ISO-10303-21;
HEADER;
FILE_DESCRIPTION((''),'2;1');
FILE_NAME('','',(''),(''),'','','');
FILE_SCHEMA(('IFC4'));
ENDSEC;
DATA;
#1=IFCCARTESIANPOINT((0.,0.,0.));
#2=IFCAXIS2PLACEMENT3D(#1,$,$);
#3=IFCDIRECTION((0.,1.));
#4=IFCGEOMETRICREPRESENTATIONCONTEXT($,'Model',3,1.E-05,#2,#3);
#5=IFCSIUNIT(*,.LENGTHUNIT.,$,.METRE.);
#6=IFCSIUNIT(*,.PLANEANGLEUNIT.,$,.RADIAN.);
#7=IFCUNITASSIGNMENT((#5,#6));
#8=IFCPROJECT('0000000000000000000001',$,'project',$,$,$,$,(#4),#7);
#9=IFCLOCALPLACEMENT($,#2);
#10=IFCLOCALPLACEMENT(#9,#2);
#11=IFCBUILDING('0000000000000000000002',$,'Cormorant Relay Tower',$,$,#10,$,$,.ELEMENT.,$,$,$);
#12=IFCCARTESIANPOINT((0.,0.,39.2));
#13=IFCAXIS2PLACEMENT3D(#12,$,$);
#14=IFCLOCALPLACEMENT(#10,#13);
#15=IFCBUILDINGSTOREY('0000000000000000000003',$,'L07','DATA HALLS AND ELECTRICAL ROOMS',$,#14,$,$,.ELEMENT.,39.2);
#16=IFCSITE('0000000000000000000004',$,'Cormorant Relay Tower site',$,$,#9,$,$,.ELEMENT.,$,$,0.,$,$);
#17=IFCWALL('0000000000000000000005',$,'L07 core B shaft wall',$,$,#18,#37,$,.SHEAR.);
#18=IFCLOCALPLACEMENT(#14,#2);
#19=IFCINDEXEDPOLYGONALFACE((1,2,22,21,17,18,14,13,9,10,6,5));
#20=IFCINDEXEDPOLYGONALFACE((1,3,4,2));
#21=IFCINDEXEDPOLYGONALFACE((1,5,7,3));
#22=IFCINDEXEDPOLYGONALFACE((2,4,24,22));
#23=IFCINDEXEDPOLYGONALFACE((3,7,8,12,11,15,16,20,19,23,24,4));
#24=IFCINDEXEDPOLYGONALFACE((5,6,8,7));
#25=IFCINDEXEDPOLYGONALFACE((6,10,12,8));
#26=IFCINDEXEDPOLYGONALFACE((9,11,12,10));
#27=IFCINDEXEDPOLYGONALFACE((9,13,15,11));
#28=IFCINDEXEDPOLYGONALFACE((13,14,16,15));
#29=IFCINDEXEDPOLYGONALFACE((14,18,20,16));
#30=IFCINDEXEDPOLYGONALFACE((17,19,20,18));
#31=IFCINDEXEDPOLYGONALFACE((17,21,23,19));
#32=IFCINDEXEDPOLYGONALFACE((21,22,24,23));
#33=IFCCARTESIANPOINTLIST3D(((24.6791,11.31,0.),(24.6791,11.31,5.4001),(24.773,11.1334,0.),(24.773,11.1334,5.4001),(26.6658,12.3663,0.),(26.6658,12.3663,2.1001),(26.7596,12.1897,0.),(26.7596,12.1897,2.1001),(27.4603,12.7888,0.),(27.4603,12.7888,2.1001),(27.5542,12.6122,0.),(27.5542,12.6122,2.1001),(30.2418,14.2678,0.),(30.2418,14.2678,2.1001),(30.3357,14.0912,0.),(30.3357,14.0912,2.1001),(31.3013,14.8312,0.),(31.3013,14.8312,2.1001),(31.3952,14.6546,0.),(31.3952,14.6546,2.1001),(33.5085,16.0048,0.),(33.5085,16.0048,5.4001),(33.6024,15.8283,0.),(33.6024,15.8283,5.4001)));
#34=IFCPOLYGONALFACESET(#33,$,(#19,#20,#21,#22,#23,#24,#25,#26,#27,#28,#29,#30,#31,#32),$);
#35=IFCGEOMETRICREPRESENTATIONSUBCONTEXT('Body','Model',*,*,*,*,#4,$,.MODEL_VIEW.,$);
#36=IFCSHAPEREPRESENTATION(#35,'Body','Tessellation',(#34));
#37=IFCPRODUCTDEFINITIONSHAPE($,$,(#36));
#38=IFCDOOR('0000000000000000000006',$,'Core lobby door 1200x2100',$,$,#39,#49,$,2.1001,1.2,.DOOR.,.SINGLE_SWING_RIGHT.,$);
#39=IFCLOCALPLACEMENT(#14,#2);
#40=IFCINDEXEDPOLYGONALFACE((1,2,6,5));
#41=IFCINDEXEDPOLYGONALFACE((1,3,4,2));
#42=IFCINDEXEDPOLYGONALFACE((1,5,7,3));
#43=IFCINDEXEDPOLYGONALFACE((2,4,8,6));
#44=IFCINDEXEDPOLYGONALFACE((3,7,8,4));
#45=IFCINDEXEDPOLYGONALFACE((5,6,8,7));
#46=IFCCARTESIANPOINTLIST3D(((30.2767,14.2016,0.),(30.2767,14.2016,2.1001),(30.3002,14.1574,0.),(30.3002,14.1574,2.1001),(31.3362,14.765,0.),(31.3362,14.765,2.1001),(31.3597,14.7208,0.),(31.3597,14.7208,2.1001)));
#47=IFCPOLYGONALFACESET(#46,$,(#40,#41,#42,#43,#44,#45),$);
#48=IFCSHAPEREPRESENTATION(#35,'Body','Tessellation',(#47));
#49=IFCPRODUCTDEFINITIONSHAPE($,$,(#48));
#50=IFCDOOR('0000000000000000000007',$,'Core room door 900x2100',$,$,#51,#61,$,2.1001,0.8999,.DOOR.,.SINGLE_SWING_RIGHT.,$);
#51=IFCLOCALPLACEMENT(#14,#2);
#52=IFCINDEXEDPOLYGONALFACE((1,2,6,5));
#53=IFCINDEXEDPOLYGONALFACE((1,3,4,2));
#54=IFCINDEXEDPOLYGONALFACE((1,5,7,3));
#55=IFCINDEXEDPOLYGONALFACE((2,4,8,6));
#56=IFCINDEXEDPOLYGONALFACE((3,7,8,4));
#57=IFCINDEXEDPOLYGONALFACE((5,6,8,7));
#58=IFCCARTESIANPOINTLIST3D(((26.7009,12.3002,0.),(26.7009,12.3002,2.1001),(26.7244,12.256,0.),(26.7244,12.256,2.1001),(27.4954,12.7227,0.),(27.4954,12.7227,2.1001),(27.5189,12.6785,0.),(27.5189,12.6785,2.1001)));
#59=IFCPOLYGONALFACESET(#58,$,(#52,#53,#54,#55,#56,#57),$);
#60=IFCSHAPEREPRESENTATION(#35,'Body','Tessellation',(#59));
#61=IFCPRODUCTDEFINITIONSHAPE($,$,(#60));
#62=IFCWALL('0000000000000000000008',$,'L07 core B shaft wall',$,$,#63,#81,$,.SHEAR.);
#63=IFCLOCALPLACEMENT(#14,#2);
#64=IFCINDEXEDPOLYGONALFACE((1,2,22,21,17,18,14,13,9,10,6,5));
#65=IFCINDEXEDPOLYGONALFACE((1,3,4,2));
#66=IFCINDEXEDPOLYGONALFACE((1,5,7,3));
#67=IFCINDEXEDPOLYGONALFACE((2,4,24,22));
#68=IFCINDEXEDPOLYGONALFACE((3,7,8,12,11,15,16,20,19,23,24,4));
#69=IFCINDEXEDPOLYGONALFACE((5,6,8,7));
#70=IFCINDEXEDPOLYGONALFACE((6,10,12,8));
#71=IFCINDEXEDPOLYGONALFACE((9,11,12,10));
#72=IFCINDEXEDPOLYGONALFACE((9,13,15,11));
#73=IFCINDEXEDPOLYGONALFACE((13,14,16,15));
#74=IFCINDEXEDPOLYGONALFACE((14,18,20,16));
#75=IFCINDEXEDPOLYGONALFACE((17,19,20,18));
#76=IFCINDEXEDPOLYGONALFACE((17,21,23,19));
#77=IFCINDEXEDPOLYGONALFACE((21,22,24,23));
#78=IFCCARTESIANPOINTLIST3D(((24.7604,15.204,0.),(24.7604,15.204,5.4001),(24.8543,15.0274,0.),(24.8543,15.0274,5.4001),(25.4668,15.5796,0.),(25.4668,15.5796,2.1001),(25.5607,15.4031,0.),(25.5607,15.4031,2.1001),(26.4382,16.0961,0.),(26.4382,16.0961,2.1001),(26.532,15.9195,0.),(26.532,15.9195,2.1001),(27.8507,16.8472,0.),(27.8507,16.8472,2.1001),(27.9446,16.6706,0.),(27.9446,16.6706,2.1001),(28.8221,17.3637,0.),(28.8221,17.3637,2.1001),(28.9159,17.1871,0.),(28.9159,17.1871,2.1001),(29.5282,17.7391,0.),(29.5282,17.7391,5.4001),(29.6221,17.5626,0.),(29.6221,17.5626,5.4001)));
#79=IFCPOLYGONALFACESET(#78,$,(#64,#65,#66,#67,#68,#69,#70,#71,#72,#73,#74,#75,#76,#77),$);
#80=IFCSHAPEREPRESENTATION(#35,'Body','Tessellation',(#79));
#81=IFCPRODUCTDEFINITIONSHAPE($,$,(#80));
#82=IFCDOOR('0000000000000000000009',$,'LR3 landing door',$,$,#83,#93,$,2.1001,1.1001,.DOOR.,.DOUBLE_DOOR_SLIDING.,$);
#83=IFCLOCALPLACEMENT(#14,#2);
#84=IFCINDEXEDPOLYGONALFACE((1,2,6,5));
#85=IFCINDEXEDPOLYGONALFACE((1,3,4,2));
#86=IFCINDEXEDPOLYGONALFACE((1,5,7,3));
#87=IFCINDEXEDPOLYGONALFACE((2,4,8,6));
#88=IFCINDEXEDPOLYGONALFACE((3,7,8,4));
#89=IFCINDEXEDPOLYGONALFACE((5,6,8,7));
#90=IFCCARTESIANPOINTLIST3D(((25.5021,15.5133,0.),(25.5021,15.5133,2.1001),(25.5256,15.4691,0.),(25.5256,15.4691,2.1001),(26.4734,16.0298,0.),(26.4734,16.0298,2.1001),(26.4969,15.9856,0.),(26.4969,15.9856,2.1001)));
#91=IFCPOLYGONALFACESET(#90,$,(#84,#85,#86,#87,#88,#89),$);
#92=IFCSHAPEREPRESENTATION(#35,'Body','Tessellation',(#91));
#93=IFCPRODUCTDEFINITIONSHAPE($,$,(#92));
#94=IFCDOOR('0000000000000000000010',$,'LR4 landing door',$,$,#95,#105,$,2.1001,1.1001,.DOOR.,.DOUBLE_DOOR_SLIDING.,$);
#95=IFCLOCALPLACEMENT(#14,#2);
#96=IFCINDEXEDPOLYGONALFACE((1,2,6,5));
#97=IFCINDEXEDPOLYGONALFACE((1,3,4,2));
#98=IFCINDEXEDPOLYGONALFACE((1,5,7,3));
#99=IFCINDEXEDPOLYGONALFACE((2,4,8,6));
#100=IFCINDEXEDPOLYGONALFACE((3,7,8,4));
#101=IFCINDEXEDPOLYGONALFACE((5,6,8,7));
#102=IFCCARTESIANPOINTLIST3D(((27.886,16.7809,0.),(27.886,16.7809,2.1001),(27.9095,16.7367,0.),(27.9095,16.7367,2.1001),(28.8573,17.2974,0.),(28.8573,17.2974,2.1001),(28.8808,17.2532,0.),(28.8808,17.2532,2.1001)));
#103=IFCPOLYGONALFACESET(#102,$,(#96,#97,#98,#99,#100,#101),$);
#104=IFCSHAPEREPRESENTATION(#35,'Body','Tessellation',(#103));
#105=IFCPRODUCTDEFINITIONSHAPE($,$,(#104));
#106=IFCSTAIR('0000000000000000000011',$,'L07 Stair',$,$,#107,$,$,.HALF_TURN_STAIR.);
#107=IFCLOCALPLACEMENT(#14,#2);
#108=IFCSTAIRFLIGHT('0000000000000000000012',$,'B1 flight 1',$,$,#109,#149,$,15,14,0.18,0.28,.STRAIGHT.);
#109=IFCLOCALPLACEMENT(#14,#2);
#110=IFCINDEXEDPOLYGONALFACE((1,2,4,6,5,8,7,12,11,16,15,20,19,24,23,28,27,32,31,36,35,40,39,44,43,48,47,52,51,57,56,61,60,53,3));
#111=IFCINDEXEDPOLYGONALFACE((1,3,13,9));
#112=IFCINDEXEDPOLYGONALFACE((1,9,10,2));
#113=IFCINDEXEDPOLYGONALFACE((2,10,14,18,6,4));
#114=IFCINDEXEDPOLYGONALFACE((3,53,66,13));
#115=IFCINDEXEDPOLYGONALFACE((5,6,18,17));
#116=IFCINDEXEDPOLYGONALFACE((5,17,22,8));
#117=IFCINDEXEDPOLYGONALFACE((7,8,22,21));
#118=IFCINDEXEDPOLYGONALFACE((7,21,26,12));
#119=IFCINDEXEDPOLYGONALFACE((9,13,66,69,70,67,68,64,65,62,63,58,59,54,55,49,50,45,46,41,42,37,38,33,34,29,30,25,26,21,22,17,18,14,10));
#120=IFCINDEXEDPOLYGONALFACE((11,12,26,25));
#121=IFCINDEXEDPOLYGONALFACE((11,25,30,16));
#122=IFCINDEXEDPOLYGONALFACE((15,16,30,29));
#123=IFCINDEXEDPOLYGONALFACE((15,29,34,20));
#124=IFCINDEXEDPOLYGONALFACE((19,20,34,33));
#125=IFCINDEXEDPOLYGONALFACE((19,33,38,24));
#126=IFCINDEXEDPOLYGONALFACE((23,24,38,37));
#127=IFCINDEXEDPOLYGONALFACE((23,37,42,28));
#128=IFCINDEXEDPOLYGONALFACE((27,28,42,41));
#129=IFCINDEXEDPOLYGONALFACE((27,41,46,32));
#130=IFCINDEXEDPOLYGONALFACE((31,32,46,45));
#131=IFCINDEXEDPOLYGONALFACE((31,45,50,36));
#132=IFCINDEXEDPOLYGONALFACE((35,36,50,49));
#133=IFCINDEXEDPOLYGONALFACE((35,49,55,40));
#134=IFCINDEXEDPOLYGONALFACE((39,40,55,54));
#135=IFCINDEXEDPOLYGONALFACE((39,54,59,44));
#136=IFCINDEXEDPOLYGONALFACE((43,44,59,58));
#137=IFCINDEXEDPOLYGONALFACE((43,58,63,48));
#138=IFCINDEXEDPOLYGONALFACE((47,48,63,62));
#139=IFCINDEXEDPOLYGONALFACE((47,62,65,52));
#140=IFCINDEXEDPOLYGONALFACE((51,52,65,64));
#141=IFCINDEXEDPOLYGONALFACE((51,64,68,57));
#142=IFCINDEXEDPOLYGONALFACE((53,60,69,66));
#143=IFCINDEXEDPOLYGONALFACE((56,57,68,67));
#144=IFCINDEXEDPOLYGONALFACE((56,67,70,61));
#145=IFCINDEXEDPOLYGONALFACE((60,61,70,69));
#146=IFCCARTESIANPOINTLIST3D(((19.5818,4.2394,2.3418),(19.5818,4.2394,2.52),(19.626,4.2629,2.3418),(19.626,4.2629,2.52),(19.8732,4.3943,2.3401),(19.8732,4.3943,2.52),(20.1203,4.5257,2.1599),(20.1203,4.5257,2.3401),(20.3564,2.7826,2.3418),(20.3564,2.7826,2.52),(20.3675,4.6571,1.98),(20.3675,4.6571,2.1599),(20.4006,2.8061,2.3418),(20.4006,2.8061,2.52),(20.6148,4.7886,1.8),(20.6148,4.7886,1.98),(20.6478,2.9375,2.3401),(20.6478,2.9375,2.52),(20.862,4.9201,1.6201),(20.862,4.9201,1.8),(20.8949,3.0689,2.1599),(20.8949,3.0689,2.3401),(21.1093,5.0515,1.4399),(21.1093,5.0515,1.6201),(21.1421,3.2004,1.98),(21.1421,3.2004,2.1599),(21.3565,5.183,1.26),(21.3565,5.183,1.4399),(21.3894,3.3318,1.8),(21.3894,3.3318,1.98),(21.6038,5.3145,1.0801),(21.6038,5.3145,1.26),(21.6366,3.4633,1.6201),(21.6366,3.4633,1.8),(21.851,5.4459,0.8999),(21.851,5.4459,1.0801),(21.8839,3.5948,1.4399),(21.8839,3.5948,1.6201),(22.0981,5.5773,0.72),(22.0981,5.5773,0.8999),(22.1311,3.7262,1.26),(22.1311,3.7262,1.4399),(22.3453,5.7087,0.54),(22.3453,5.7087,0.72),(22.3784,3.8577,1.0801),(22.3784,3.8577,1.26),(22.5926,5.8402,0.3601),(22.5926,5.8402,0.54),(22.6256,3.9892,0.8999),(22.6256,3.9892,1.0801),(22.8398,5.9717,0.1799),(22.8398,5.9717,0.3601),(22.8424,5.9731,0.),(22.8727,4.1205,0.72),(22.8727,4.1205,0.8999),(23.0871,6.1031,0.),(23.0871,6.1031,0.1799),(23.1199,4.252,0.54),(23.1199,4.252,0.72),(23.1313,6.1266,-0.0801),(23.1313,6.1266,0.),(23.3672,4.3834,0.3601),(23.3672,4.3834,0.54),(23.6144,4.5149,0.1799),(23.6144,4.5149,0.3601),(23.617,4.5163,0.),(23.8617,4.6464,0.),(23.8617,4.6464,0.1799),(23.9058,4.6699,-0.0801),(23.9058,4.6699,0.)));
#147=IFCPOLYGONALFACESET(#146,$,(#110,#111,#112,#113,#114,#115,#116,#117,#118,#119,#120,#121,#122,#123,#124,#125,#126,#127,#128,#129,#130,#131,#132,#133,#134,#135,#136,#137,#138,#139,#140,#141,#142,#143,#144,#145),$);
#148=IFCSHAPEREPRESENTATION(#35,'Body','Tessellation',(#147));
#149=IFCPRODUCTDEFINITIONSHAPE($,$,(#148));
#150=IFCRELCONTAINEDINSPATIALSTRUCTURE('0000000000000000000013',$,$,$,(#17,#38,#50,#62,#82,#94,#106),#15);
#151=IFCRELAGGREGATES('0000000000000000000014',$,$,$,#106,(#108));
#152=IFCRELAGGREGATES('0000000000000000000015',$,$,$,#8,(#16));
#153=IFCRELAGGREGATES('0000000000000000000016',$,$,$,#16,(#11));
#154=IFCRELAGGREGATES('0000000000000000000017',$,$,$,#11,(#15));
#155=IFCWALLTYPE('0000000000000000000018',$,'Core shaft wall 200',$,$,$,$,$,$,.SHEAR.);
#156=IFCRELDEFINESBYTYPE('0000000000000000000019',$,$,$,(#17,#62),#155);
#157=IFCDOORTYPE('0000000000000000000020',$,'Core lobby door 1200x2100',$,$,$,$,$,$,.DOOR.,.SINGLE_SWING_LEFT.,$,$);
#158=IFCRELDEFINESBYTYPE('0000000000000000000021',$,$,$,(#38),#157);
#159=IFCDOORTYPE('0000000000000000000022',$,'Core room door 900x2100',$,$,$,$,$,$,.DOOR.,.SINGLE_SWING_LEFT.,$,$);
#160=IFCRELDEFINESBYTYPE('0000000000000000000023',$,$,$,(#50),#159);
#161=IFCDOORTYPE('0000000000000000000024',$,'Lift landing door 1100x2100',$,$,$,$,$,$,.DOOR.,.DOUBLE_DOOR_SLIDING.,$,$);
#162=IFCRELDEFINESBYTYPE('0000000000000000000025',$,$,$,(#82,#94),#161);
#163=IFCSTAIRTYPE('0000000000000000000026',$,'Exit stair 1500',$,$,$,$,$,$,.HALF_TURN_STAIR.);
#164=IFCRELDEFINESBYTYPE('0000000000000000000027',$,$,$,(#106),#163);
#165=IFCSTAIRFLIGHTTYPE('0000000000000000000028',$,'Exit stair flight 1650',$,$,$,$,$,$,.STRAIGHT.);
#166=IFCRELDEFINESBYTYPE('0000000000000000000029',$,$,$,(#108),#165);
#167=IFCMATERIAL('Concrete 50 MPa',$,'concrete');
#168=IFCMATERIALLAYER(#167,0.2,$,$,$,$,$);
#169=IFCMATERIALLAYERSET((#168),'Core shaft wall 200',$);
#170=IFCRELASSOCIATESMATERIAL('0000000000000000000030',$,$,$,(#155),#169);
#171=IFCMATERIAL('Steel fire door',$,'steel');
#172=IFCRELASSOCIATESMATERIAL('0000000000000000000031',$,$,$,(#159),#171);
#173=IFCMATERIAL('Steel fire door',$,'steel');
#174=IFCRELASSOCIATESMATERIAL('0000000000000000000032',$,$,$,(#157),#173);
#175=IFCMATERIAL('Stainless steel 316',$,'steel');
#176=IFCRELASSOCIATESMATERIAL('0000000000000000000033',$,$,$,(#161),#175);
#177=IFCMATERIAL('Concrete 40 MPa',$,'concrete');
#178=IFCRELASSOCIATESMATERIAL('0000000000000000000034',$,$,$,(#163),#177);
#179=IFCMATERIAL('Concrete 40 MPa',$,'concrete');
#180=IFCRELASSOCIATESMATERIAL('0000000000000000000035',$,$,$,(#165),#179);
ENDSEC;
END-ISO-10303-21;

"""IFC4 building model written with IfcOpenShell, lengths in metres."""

from ifc_helpers import new_model, si_unit, direction, frame, frame_2d, origin, place, context, subcontext, project, spatial, polyline, rectangle, outline, extrude, material, layer, layer_set, type_object, element, fill, aggregate, save


model = new_model("IFC4")

# Units and contexts
model_context = context("Model", 3, precision=1e-05, world=origin(), true_north=direction((0.0, 1.0)))
body_context = subcontext(model_context, "Body", "Model", "MODEL_VIEW")
ifc_project = project(units=[si_unit("LENGTHUNIT", "METRE"), si_unit("PLANEANGLEUNIT", "RADIAN")], contexts=[model_context])

# Site, building, storey
site_placement = place(None, origin())
site = spatial("IfcSite", under=ifc_project, at=site_placement, Name="Cormorant Relay Tower site", CompositionType="ELEMENT", RefElevation=0.0)
building_placement = place(site_placement, origin())
building = spatial("IfcBuilding", under=site, at=building_placement, Name="Cormorant Relay Tower", CompositionType="ELEMENT")
storey_placement = place(building_placement, frame((0.0, 0.0, 39.2)))
storey = spatial("IfcBuildingStorey", under=building, at=storey_placement, Name="L07", Description="DATA HALLS AND ELECTRICAL ROOMS", CompositionType="ELEMENT", Elevation=39.2)

# Shared definitions
ifc_material_1 = material(Name="Concrete 50 MPa", Category="concrete")
ifc_layer_1 = layer(ifc_material_1, 0.2)
ifc_layer_set_1 = layer_set([ifc_layer_1], Name="Core shaft wall 200")
wall_type_1 = type_object("IfcWallType", Name="Core shaft wall 200", PredefinedType="SHEAR", material=ifc_layer_set_1)
ifc_material_2 = material(Name="Steel fire door", Category="steel")
door_type_1 = type_object("IfcDoorType", Name="Core room door 900x2100", OperationType="SINGLE_SWING_LEFT", PredefinedType="DOOR", material=ifc_material_2)

# Walls, openings, doors
wall_1_placement = place(storey_placement, frame((24.7261, 11.2217, 0.0), z_axis=(0.0, 0.0, 1.0), x_axis=(0.88294, 0.469485, 0.0)))
wall_1 = element("IfcWall", 1, at=wall_1_placement, inside=storey, type_object=wall_type_1, Name="L07 core B shaft wall", PredefinedType="SHEAR", context=body_context, shape_type="SweptSolid", body=[
    extrude(rectangle(XDim=10.0, YDim=0.2, at=frame_2d((5.0, 0.0))), origin(), (0.0, 0.0, 1.0), 5.4001),
])
opening_1_placement = place(wall_1_placement, frame((6.3, 0.0, 0.0)))
opening_1 = element("IfcOpeningElement", 2, at=opening_1_placement, cuts=wall_1, PredefinedType="OPENING", context=body_context, shape_type="SweptSolid", body=[
    extrude(rectangle(XDim=1.2, YDim=2.1001, at=frame_2d((0.6001, 1.05))), frame((0.0, 0.1099, 0.0), z_axis=(0.0, -1.0, 0.0), x_axis=(1.0, 0.0, 0.0)), (0.0, 0.0, 1.0), 0.22),
])
opening_2_placement = place(wall_1_placement, frame((2.25, 0.0, 0.0)))
opening_2 = element("IfcOpeningElement", 3, at=opening_2_placement, cuts=wall_1, PredefinedType="OPENING", context=body_context, shape_type="SweptSolid", body=[
    extrude(rectangle(XDim=0.8999, YDim=2.1001, at=frame_2d((0.45, 1.05))), frame((0.0, 0.1099, 0.0), z_axis=(0.0, -1.0, 0.0), x_axis=(1.0, 0.0, 0.0)), (0.0, 0.0, 1.0), 0.22),
])
ifc_material_3 = material(Name="Steel fire door", Category="steel")
door_type_2 = type_object("IfcDoorType", Name="Core lobby door 1200x2100", OperationType="SINGLE_SWING_LEFT", PredefinedType="DOOR", material=ifc_material_3)
door_1_placement = place(opening_1_placement, frame((1.2, 0.0, 0.0), z_axis=(0.0, 0.0, 1.0), x_axis=(-1.0, 0.0, 0.0)))
door_1 = element("IfcDoor", 4, at=door_1_placement, inside=storey, type_object=door_type_2, Name="Core lobby door 1200x2100", OperationType="SINGLE_SWING_RIGHT", OverallHeight=2.1001, OverallWidth=1.2, PredefinedType="DOOR", context=body_context, shape_type="SweptSolid", body=[
    extrude(rectangle(XDim=1.2, YDim=2.1001, at=frame_2d((0.6001, 1.05))), frame((0.0, 0.0249, 0.0), z_axis=(0.0, -1.0, 0.0), x_axis=(1.0, 0.0, 0.0)), (0.0, 0.0, 1.0), 0.05),
])
fill(opening_1, door_1)
door_2_placement = place(opening_2_placement, frame((0.8999, 0.0, 0.0), z_axis=(0.0, 0.0, 1.0), x_axis=(-1.0, 0.0, 0.0)))
door_2 = element("IfcDoor", 5, at=door_2_placement, inside=storey, type_object=door_type_1, Name="Core room door 900x2100", OperationType="SINGLE_SWING_RIGHT", OverallHeight=2.1001, OverallWidth=0.8999, PredefinedType="DOOR", context=body_context, shape_type="SweptSolid", body=[
    extrude(rectangle(XDim=0.8999, YDim=2.1001, at=frame_2d((0.45, 1.05))), frame((0.0, 0.0249, 0.0), z_axis=(0.0, -1.0, 0.0), x_axis=(1.0, 0.0, 0.0)), (0.0, 0.0, 1.0), 0.05),
])
fill(opening_2, door_2)
wall_2_placement = place(storey_placement, frame((24.8074, 15.1157, 0.0), z_axis=(0.0, 0.0, 1.0), x_axis=(0.882943, 0.46948, 0.0)))
wall_2 = element("IfcWall", 6, at=wall_2_placement, inside=storey, type_object=wall_type_1, Name="L07 core B shaft wall", PredefinedType="SHEAR", context=body_context, shape_type="SweptSolid", body=[
    extrude(rectangle(XDim=5.3999, YDim=0.2, at=frame_2d((2.7, 0.0))), origin(), (0.0, 0.0, 1.0), 5.4001),
])
opening_3_placement = place(wall_2_placement, frame((0.8, 0.0, 0.0)))
opening_3 = element("IfcOpeningElement", 7, at=opening_3_placement, cuts=wall_2, PredefinedType="OPENING", context=body_context, shape_type="SweptSolid", body=[
    extrude(rectangle(XDim=1.1001, YDim=2.1001, at=frame_2d((0.55, 1.05))), frame((0.0, 0.1099, 0.0), z_axis=(0.0, -1.0, 0.0), x_axis=(1.0, 0.0, 0.0)), (0.0, 0.0, 1.0), 0.22),
])
opening_4_placement = place(wall_2_placement, frame((3.5, 0.0, 0.0)))
opening_4 = element("IfcOpeningElement", 8, at=opening_4_placement, cuts=wall_2, PredefinedType="OPENING", context=body_context, shape_type="SweptSolid", body=[
    extrude(rectangle(XDim=1.1001, YDim=2.1001, at=frame_2d((0.55, 1.05))), frame((0.0, 0.1099, 0.0), z_axis=(0.0, -1.0, 0.0), x_axis=(1.0, 0.0, 0.0)), (0.0, 0.0, 1.0), 0.22),
])
ifc_material_4 = material(Name="Stainless steel 316", Category="steel")
door_type_3 = type_object("IfcDoorType", Name="Lift landing door 1100x2100", OperationType="DOUBLE_DOOR_SLIDING", PredefinedType="DOOR", material=ifc_material_4)
door_3_placement = place(opening_3_placement, origin())
door_3 = element("IfcDoor", 9, at=door_3_placement, inside=storey, type_object=door_type_3, Name="LR3 landing door", OperationType="DOUBLE_DOOR_SLIDING", OverallHeight=2.1001, OverallWidth=1.1001, PredefinedType="DOOR", context=body_context, shape_type="SweptSolid", body=[
    extrude(rectangle(XDim=1.1001, YDim=2.1001, at=frame_2d((0.55, 1.05))), frame((0.0, 0.0249, 0.0), z_axis=(0.0, -1.0, 0.0), x_axis=(1.0, 0.0, 0.0)), (0.0, 0.0, 1.0), 0.05),
])
fill(opening_3, door_3)
door_4_placement = place(opening_4_placement, origin())
door_4 = element("IfcDoor", 10, at=door_4_placement, inside=storey, type_object=door_type_3, Name="LR4 landing door", OperationType="DOUBLE_DOOR_SLIDING", OverallHeight=2.1001, OverallWidth=1.1001, PredefinedType="DOOR", context=body_context, shape_type="SweptSolid", body=[
    extrude(rectangle(XDim=1.1001, YDim=2.1001, at=frame_2d((0.55, 1.05))), frame((0.0, 0.0249, 0.0), z_axis=(0.0, -1.0, 0.0), x_axis=(1.0, 0.0, 0.0)), (0.0, 0.0, 1.0), 0.05),
])
fill(opening_4, door_4)

# Stair, stair flight
ifc_material_5 = material(Name="Concrete 40 MPa", Category="concrete")
stair_type = type_object("IfcStairType", Name="Exit stair 1500", PredefinedType="HALF_TURN_STAIR", material=ifc_material_5)
stair_placement = place(storey_placement, origin())
stair = element("IfcStair", 11, at=stair_placement, inside=storey, type_object=stair_type, Name="L07 Stair", PredefinedType="HALF_TURN_STAIR")
ifc_material_6 = material(Name="Concrete 40 MPa", Category="concrete")
stair_flight_type = type_object("IfcStairFlightType", Name="Exit stair flight 1650", PredefinedType="STRAIGHT", material=ifc_material_6)
stair_flight_placement = place(storey_placement, frame((23.4744, 5.3748, 0.0), z_axis=(0.0, 0.0, 1.0), x_axis=(-0.882948, -0.469472, 0.0)))
stair_flight = element("IfcStairFlight", 12, at=stair_flight_placement, type_object=stair_flight_type, Name="B1 flight 1", NumberOfRisers=15, NumberOfTreads=14, PredefinedType="STRAIGHT", RiserHeight=0.18, TreadLength=0.28, context=body_context, shape_type="SweptSolid", body=[
    extrude(outline(polyline([(-0.05, -0.0801), (-0.05, 0.0), (0.0, 0.0), (0.0, 0.1799), (0.28, 0.1799), (0.28, 0.3601), (0.5601, 0.3601), (0.5601, 0.54), (0.8401, 0.54), (0.8401, 0.72), (1.1201, 0.72), (1.1201, 0.8999), (1.3999, 0.8999), (1.3999, 1.0801), (1.6799, 1.0801), (1.6799, 1.26), (1.96, 1.26), (1.96, 1.4399), (2.24, 1.4399), (2.24, 1.6201), (2.52, 1.6201), (2.52, 1.8), (2.8, 1.8), (2.8, 1.98), (3.0801, 1.98), (3.0801, 2.1599), (3.3601, 2.1599), (3.3601, 2.3401), (3.6399, 2.3401), (3.6399, 2.52), (3.9199, 2.52), (3.97, 2.52), (3.97, 2.3418), (3.9199, 2.3418), (0.2771, 0.0), (-0.05, -0.0801)])), frame((0.0, 0.825, 0.0), z_axis=(0.0, -1.0, 0.0), x_axis=(1.0, 0.0, 0.0)), (0.0, 0.0, 1.0), 1.6499),
])
aggregate(stair, [stair_flight])

save(model, "model.ifc")
